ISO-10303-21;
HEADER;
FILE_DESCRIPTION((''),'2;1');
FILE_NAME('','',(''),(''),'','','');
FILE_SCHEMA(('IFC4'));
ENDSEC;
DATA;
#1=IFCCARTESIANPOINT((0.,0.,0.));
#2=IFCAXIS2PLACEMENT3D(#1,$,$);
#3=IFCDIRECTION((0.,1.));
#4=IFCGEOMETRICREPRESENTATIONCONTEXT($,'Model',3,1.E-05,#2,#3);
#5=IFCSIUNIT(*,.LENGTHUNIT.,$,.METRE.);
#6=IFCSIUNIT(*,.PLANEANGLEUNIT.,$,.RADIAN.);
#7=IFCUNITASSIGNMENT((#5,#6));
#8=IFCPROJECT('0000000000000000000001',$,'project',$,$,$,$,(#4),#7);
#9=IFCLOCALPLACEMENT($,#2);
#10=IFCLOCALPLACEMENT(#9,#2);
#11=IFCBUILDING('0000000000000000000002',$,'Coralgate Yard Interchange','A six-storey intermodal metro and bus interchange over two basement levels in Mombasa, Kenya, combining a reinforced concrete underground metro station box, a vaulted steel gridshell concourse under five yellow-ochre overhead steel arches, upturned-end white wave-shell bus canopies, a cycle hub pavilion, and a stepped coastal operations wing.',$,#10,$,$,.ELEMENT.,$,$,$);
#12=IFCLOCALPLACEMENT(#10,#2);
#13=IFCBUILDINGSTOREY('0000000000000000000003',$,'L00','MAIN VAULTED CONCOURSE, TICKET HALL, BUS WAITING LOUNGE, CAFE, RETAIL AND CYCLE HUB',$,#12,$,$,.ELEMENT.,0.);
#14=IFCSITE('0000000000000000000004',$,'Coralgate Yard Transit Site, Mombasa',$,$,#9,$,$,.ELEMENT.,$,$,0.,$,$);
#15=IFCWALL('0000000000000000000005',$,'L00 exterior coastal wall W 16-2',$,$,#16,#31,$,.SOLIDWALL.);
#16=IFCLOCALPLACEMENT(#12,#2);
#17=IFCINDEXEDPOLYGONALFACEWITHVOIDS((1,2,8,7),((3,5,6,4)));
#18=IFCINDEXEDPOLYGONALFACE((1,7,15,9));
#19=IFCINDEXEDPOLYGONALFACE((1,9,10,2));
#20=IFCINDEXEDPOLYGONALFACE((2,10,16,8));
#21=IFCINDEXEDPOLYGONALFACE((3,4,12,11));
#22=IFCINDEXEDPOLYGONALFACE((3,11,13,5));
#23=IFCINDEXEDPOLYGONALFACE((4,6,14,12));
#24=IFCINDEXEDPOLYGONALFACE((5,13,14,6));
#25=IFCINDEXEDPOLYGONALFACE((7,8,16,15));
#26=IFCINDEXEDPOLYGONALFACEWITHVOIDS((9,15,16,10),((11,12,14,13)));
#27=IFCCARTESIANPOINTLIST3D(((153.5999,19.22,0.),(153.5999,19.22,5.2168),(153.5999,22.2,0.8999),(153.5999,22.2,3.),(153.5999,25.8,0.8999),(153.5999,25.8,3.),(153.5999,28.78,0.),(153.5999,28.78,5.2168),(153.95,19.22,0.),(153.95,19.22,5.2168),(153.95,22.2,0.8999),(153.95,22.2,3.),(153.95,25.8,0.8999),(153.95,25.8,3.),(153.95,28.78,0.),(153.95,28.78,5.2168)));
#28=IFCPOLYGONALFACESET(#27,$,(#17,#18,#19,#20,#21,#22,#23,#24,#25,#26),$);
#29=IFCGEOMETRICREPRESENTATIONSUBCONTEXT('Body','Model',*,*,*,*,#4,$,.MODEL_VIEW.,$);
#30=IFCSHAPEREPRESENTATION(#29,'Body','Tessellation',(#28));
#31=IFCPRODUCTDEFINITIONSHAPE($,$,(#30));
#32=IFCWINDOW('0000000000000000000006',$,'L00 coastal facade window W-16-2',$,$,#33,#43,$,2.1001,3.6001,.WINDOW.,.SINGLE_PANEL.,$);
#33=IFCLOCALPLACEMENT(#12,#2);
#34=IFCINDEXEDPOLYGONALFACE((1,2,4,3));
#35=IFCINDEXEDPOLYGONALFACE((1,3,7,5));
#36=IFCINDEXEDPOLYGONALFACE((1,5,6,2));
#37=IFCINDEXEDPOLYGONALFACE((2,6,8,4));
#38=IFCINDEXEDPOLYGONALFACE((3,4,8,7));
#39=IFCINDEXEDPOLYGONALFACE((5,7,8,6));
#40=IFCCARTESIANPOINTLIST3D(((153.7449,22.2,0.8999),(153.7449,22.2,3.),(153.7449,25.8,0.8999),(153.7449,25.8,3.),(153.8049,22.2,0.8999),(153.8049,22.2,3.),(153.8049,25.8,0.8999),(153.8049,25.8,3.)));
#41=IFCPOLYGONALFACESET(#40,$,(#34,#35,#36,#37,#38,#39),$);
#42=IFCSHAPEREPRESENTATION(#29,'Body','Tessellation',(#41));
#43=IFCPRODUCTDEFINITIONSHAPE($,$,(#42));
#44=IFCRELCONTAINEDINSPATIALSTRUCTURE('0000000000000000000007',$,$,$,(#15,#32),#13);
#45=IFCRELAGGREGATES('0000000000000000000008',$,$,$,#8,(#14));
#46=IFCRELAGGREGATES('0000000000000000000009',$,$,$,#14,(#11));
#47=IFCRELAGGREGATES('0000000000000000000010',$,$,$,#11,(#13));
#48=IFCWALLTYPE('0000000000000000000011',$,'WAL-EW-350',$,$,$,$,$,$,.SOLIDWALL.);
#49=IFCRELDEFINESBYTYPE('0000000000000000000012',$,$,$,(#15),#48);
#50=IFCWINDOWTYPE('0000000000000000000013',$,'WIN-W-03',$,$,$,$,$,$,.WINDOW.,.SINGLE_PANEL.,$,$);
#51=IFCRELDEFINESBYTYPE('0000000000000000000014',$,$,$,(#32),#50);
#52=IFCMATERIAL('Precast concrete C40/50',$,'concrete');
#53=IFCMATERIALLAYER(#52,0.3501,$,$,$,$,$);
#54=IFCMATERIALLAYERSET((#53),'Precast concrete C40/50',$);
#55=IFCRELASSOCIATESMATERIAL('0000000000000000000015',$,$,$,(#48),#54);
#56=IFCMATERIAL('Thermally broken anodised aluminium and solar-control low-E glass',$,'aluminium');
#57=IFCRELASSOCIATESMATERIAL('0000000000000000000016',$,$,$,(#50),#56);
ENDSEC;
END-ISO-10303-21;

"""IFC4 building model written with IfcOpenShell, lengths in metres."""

from ifc_helpers import new_model, si_unit, direction, frame, frame_2d, origin, place, context, subcontext, project, spatial, rectangle, extrude, material, layer, layer_set, type_object, element, fill, save


model = new_model("IFC4")

# Units and contexts
model_context = context("Model", 3, precision=1e-05, world=origin(), true_north=direction((0.0, 1.0)))
body_context = subcontext(model_context, "Body", "Model", "MODEL_VIEW")
ifc_project = project(units=[si_unit("LENGTHUNIT", "METRE"), si_unit("PLANEANGLEUNIT", "RADIAN")], contexts=[model_context])

# Site, building, storey
site_placement = place(None, origin())
site = spatial("IfcSite", under=ifc_project, at=site_placement, Name="Coralgate Yard Transit Site, Mombasa", CompositionType="ELEMENT", RefElevation=0.0)
building_placement = place(site_placement, origin())
building = spatial("IfcBuilding", under=site, at=building_placement, Name="Coralgate Yard Interchange", Description="A six-storey intermodal metro and bus interchange over two basement levels in Mombasa, Kenya, combining a reinforced concrete underground metro station box, a vaulted steel gridshell concourse under five yellow-ochre overhead steel arches, upturned-end white wave-shell bus canopies, a cycle hub pavilion, and a stepped coastal operations wing.", CompositionType="ELEMENT")
storey_placement = place(building_placement, origin())
storey = spatial("IfcBuildingStorey", under=building, at=storey_placement, Name="L00", Description="MAIN VAULTED CONCOURSE, TICKET HALL, BUS WAITING LOUNGE, CAFE, RETAIL AND CYCLE HUB", CompositionType="ELEMENT", Elevation=0.0)

# Wall, opening, window
ifc_material_1 = material(Name="Precast concrete C40/50", Category="concrete")
ifc_layer = layer(ifc_material_1, 0.3501)
ifc_layer_set = layer_set([ifc_layer], Name="Precast concrete C40/50")
wall_type = type_object("IfcWallType", Name="WAL-EW-350", PredefinedType="SOLIDWALL", material=ifc_layer_set)
wall_placement = place(storey_placement, frame((153.7749, 19.22, 0.0), z_axis=(0.0, 0.0, 1.0), x_axis=(0.0, 1.0, 0.0)))
wall = element("IfcWall", 1, at=wall_placement, inside=storey, type_object=wall_type, Name="L00 exterior coastal wall W 16-2", PredefinedType="SOLIDWALL", context=body_context, shape_type="SweptSolid", body=[
    extrude(rectangle(XDim=9.5601, YDim=0.3501, at=frame_2d((4.78, 0.0))), origin(), (0.0, 0.0, 1.0), 5.2168),
])
opening_placement = place(wall_placement, frame((2.98, 0.0, 0.8999)))
opening = element("IfcOpeningElement", 2, at=opening_placement, cuts=wall, PredefinedType="OPENING", context=body_context, shape_type="SweptSolid", body=[
    extrude(rectangle(XDim=3.6001, YDim=2.1001, at=frame_2d((1.8, 1.05))), frame((0.0, 0.1851, 0.0), z_axis=(0.0, -1.0, 0.0), x_axis=(1.0, 0.0, 0.0)), (0.0, 0.0, 1.0), 0.3701),
])
ifc_material_2 = material(Name="Thermally broken anodised aluminium and solar-control low-E glass", Category="aluminium")
window_type = type_object("IfcWindowType", Name="WIN-W-03", PartitioningType="SINGLE_PANEL", PredefinedType="WINDOW", material=ifc_material_2)
window_placement = place(opening_placement, origin())
window = element("IfcWindow", 3, at=window_placement, inside=storey, type_object=window_type, Name="L00 coastal facade window W-16-2", OverallHeight=2.1001, OverallWidth=3.6001, PartitioningType="SINGLE_PANEL", PredefinedType="WINDOW", context=body_context, shape_type="SweptSolid", body=[
    extrude(rectangle(XDim=3.6001, YDim=2.1001, at=frame_2d((1.8, 1.05))), frame((0.0, 0.03, 0.0), z_axis=(0.0, -1.0, 0.0), x_axis=(1.0, 0.0, 0.0)), (0.0, 0.0, 1.0), 0.0601),
])
fill(opening, window)

save(model, "model.ifc")
